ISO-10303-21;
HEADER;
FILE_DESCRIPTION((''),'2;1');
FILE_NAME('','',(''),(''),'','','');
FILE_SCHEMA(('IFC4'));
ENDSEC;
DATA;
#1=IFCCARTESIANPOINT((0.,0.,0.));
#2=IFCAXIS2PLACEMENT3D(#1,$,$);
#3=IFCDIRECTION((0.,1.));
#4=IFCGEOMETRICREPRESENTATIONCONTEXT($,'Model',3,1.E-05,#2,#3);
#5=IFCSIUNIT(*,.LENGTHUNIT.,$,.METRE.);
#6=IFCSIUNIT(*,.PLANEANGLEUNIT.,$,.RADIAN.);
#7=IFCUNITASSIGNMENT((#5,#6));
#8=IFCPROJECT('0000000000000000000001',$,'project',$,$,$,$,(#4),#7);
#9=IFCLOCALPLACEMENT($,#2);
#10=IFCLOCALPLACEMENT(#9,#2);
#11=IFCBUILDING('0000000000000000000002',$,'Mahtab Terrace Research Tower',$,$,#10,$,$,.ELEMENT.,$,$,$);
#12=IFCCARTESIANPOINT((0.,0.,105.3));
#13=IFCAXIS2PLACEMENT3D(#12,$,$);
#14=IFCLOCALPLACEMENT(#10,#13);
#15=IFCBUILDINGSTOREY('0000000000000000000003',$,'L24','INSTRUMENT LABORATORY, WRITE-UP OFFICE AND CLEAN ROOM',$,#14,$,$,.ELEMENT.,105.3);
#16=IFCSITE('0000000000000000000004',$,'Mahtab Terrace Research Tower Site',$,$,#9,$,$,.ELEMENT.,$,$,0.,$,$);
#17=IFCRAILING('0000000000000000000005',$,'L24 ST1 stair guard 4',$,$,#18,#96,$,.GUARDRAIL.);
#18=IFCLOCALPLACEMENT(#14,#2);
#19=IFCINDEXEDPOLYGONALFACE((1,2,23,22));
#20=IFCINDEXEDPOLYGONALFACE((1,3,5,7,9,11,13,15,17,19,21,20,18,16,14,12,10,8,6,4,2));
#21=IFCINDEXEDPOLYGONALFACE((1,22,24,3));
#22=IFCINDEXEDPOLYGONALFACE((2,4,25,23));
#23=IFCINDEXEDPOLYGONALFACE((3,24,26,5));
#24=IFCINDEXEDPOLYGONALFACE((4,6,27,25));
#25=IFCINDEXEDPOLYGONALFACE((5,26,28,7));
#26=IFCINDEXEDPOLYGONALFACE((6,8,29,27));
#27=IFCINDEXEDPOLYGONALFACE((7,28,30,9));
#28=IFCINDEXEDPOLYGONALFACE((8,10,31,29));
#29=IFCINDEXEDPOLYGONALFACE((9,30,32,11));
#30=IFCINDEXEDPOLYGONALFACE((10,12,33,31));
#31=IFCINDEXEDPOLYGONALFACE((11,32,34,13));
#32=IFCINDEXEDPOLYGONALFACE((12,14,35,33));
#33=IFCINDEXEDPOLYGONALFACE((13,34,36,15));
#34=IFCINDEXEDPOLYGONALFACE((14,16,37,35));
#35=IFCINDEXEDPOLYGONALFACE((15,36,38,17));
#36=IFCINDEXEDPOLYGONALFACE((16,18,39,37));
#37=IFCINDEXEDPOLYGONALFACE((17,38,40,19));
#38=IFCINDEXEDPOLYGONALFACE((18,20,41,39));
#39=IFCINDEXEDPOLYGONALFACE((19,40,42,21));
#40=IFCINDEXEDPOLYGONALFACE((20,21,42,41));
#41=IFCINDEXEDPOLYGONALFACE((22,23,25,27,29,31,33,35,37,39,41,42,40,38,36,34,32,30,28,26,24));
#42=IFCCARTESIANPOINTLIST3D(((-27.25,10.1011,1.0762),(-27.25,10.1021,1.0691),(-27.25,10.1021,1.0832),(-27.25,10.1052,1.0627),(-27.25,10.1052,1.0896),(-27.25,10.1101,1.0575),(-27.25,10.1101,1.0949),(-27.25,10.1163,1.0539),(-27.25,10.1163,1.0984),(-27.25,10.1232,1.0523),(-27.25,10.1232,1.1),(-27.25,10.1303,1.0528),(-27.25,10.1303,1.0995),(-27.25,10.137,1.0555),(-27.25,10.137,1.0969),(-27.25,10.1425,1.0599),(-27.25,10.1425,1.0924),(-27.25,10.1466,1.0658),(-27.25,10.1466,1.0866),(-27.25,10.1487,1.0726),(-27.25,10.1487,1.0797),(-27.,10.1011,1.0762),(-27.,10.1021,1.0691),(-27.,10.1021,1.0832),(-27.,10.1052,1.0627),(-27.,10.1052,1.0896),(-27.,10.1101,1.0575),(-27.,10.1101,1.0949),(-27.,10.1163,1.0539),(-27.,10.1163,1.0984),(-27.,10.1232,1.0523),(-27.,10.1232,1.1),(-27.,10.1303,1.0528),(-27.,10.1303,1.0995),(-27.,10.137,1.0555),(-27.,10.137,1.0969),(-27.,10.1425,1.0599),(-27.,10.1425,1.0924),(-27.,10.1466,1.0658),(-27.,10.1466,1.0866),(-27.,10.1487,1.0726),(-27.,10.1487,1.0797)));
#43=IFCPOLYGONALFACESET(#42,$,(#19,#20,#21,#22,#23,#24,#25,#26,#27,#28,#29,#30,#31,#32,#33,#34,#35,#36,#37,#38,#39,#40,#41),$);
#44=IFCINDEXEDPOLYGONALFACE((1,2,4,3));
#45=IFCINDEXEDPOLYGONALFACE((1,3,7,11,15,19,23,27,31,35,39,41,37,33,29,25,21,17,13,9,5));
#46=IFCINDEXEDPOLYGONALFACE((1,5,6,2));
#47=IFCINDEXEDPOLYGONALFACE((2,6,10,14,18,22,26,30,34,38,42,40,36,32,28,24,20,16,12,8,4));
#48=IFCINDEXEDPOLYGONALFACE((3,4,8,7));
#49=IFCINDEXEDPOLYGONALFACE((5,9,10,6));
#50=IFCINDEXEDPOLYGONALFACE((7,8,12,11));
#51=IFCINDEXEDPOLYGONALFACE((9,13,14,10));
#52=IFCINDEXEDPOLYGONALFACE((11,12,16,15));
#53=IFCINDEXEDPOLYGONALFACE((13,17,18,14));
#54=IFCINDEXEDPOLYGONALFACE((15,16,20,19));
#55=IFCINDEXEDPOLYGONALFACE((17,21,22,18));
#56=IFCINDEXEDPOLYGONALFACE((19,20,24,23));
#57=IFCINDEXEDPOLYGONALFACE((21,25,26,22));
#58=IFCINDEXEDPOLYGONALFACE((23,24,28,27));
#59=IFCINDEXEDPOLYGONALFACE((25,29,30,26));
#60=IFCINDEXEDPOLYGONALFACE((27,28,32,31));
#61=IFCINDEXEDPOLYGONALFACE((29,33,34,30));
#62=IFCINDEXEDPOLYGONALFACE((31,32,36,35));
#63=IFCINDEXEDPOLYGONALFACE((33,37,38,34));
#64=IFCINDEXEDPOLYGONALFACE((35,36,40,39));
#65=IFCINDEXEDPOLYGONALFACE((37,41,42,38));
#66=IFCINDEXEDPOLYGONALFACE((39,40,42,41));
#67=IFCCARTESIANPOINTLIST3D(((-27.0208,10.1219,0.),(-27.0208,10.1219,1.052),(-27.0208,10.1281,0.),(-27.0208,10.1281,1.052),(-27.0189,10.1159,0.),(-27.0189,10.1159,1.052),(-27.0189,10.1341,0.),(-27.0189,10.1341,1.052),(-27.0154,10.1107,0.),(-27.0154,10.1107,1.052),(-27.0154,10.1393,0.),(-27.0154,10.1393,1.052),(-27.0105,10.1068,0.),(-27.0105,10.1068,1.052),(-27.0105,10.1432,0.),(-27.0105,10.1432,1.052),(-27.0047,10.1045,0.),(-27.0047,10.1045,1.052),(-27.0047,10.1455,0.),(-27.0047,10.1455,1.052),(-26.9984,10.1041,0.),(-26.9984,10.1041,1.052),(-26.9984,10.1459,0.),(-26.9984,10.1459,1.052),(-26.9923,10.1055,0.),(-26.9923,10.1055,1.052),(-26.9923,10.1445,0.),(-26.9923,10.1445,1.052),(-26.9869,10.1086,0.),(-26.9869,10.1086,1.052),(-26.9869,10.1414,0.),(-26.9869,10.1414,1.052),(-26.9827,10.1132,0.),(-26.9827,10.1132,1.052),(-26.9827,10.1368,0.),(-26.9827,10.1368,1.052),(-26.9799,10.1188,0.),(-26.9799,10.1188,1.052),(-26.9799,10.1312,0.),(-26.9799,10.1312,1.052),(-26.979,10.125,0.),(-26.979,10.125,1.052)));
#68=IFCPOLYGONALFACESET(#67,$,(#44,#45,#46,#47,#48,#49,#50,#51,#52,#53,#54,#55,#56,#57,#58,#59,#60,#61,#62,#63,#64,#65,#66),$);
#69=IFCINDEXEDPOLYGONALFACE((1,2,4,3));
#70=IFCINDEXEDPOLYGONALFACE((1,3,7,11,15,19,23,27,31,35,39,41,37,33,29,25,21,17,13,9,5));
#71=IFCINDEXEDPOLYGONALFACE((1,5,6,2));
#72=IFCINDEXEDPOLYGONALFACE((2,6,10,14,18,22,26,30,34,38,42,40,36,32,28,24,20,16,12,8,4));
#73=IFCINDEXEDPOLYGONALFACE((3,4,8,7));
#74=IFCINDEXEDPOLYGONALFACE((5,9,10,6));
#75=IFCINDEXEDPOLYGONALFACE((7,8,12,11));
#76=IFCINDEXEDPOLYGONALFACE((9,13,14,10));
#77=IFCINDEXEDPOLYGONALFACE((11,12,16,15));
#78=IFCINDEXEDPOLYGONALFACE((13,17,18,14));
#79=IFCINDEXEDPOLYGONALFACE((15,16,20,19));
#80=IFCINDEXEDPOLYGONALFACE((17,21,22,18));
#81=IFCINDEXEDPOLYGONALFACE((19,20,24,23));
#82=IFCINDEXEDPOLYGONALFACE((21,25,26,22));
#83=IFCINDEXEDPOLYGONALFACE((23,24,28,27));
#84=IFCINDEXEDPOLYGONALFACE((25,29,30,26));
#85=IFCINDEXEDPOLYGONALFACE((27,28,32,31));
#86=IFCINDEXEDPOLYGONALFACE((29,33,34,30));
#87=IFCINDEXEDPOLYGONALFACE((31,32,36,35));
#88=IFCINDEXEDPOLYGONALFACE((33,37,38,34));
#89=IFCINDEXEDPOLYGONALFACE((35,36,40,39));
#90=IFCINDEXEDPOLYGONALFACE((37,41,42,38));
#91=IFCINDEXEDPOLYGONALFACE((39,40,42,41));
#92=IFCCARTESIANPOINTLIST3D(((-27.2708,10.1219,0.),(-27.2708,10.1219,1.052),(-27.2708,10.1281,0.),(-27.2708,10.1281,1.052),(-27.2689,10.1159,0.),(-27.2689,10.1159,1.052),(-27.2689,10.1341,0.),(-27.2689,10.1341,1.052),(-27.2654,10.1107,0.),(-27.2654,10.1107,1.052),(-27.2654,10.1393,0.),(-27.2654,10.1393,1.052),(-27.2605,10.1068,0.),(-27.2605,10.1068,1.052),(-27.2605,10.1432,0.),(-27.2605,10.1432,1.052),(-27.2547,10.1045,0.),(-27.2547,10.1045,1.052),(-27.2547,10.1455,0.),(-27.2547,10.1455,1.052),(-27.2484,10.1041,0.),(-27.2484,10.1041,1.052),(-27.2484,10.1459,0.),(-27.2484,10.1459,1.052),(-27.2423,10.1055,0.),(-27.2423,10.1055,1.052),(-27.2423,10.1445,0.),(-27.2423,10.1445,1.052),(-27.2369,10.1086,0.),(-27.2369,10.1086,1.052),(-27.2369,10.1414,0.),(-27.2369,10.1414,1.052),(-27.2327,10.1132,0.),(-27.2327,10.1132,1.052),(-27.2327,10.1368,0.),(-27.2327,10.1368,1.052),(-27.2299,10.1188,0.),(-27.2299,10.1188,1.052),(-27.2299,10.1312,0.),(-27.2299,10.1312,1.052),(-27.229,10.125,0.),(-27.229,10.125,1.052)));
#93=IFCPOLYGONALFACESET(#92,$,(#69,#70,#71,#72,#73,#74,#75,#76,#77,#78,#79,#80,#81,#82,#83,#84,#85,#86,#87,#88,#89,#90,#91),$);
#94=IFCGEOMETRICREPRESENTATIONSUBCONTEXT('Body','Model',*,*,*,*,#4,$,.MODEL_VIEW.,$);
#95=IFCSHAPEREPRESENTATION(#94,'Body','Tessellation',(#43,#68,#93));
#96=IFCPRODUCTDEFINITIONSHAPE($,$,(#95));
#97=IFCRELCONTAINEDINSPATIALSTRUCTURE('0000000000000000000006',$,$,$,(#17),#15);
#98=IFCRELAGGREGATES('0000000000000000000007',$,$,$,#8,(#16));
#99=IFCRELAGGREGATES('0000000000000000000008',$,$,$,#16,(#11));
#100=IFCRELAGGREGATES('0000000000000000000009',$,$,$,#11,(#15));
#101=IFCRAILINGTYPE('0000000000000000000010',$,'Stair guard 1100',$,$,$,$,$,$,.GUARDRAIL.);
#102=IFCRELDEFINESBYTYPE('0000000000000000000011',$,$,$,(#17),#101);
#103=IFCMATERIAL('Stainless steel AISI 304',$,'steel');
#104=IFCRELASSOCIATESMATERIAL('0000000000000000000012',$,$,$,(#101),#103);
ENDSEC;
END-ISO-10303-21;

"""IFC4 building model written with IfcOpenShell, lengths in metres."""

from ifc_helpers import new_model, si_unit, direction, frame, origin, origin_2d, place, context, subcontext, project, spatial, circle, extrude, material, type_object, element, save


model = new_model("IFC4")

# Units and contexts
model_context = context("Model", 3, precision=1e-05, world=origin(), true_north=direction((0.0, 1.0)))
body_context = subcontext(model_context, "Body", "Model", "MODEL_VIEW")
ifc_project = project(units=[si_unit("LENGTHUNIT", "METRE"), si_unit("PLANEANGLEUNIT", "RADIAN")], contexts=[model_context])

# Site, building, storey
site_placement = place(None, origin())
site = spatial("IfcSite", under=ifc_project, at=site_placement, Name="Mahtab Terrace Research Tower Site", CompositionType="ELEMENT", RefElevation=0.0)
building_placement = place(site_placement, origin())
building = spatial("IfcBuilding", under=site, at=building_placement, Name="Mahtab Terrace Research Tower", CompositionType="ELEMENT")
storey_placement = place(building_placement, frame((0.0, 0.0, 105.3)))
storey = spatial("IfcBuildingStorey", under=building, at=storey_placement, Name="L24", Description="INSTRUMENT LABORATORY, WRITE-UP OFFICE AND CLEAN ROOM", CompositionType="ELEMENT", Elevation=105.3)

# Railing
ifc_material_1 = material(Name="Stainless steel AISI 304", Category="steel")
railing_type_1 = type_object("IfcRailingType", Name="Stair guard 1100", PredefinedType="GUARDRAIL", material=ifc_material_1)
railing_1_placement = place(storey_placement, frame((-27.0, 10.125, 0.0)))
element("IfcRailing", 1, at=railing_1_placement, inside=storey, type_object=railing_type_1, Name="L24 ST1 stair guard 4", PredefinedType="GUARDRAIL", context=body_context, shape_type="SweptSolid", body=[
    extrude(circle(Radius=0.0239, at=origin_2d()), frame((0.0, 0.0, 1.0762), z_axis=(-1.0, 0.0, 0.0), x_axis=(0.0, -1.0, 0.0)), (0.0, 0.0, 1.0), 0.25),
    extrude(circle(Radius=0.021, at=origin_2d()), origin(), (0.0, 0.0, 1.0), 1.052),
    extrude(circle(Radius=0.021, at=origin_2d()), frame((-0.25, 0.0, 0.0)), (0.0, 0.0, 1.0), 1.052),
])

save(model, "model.ifc")
